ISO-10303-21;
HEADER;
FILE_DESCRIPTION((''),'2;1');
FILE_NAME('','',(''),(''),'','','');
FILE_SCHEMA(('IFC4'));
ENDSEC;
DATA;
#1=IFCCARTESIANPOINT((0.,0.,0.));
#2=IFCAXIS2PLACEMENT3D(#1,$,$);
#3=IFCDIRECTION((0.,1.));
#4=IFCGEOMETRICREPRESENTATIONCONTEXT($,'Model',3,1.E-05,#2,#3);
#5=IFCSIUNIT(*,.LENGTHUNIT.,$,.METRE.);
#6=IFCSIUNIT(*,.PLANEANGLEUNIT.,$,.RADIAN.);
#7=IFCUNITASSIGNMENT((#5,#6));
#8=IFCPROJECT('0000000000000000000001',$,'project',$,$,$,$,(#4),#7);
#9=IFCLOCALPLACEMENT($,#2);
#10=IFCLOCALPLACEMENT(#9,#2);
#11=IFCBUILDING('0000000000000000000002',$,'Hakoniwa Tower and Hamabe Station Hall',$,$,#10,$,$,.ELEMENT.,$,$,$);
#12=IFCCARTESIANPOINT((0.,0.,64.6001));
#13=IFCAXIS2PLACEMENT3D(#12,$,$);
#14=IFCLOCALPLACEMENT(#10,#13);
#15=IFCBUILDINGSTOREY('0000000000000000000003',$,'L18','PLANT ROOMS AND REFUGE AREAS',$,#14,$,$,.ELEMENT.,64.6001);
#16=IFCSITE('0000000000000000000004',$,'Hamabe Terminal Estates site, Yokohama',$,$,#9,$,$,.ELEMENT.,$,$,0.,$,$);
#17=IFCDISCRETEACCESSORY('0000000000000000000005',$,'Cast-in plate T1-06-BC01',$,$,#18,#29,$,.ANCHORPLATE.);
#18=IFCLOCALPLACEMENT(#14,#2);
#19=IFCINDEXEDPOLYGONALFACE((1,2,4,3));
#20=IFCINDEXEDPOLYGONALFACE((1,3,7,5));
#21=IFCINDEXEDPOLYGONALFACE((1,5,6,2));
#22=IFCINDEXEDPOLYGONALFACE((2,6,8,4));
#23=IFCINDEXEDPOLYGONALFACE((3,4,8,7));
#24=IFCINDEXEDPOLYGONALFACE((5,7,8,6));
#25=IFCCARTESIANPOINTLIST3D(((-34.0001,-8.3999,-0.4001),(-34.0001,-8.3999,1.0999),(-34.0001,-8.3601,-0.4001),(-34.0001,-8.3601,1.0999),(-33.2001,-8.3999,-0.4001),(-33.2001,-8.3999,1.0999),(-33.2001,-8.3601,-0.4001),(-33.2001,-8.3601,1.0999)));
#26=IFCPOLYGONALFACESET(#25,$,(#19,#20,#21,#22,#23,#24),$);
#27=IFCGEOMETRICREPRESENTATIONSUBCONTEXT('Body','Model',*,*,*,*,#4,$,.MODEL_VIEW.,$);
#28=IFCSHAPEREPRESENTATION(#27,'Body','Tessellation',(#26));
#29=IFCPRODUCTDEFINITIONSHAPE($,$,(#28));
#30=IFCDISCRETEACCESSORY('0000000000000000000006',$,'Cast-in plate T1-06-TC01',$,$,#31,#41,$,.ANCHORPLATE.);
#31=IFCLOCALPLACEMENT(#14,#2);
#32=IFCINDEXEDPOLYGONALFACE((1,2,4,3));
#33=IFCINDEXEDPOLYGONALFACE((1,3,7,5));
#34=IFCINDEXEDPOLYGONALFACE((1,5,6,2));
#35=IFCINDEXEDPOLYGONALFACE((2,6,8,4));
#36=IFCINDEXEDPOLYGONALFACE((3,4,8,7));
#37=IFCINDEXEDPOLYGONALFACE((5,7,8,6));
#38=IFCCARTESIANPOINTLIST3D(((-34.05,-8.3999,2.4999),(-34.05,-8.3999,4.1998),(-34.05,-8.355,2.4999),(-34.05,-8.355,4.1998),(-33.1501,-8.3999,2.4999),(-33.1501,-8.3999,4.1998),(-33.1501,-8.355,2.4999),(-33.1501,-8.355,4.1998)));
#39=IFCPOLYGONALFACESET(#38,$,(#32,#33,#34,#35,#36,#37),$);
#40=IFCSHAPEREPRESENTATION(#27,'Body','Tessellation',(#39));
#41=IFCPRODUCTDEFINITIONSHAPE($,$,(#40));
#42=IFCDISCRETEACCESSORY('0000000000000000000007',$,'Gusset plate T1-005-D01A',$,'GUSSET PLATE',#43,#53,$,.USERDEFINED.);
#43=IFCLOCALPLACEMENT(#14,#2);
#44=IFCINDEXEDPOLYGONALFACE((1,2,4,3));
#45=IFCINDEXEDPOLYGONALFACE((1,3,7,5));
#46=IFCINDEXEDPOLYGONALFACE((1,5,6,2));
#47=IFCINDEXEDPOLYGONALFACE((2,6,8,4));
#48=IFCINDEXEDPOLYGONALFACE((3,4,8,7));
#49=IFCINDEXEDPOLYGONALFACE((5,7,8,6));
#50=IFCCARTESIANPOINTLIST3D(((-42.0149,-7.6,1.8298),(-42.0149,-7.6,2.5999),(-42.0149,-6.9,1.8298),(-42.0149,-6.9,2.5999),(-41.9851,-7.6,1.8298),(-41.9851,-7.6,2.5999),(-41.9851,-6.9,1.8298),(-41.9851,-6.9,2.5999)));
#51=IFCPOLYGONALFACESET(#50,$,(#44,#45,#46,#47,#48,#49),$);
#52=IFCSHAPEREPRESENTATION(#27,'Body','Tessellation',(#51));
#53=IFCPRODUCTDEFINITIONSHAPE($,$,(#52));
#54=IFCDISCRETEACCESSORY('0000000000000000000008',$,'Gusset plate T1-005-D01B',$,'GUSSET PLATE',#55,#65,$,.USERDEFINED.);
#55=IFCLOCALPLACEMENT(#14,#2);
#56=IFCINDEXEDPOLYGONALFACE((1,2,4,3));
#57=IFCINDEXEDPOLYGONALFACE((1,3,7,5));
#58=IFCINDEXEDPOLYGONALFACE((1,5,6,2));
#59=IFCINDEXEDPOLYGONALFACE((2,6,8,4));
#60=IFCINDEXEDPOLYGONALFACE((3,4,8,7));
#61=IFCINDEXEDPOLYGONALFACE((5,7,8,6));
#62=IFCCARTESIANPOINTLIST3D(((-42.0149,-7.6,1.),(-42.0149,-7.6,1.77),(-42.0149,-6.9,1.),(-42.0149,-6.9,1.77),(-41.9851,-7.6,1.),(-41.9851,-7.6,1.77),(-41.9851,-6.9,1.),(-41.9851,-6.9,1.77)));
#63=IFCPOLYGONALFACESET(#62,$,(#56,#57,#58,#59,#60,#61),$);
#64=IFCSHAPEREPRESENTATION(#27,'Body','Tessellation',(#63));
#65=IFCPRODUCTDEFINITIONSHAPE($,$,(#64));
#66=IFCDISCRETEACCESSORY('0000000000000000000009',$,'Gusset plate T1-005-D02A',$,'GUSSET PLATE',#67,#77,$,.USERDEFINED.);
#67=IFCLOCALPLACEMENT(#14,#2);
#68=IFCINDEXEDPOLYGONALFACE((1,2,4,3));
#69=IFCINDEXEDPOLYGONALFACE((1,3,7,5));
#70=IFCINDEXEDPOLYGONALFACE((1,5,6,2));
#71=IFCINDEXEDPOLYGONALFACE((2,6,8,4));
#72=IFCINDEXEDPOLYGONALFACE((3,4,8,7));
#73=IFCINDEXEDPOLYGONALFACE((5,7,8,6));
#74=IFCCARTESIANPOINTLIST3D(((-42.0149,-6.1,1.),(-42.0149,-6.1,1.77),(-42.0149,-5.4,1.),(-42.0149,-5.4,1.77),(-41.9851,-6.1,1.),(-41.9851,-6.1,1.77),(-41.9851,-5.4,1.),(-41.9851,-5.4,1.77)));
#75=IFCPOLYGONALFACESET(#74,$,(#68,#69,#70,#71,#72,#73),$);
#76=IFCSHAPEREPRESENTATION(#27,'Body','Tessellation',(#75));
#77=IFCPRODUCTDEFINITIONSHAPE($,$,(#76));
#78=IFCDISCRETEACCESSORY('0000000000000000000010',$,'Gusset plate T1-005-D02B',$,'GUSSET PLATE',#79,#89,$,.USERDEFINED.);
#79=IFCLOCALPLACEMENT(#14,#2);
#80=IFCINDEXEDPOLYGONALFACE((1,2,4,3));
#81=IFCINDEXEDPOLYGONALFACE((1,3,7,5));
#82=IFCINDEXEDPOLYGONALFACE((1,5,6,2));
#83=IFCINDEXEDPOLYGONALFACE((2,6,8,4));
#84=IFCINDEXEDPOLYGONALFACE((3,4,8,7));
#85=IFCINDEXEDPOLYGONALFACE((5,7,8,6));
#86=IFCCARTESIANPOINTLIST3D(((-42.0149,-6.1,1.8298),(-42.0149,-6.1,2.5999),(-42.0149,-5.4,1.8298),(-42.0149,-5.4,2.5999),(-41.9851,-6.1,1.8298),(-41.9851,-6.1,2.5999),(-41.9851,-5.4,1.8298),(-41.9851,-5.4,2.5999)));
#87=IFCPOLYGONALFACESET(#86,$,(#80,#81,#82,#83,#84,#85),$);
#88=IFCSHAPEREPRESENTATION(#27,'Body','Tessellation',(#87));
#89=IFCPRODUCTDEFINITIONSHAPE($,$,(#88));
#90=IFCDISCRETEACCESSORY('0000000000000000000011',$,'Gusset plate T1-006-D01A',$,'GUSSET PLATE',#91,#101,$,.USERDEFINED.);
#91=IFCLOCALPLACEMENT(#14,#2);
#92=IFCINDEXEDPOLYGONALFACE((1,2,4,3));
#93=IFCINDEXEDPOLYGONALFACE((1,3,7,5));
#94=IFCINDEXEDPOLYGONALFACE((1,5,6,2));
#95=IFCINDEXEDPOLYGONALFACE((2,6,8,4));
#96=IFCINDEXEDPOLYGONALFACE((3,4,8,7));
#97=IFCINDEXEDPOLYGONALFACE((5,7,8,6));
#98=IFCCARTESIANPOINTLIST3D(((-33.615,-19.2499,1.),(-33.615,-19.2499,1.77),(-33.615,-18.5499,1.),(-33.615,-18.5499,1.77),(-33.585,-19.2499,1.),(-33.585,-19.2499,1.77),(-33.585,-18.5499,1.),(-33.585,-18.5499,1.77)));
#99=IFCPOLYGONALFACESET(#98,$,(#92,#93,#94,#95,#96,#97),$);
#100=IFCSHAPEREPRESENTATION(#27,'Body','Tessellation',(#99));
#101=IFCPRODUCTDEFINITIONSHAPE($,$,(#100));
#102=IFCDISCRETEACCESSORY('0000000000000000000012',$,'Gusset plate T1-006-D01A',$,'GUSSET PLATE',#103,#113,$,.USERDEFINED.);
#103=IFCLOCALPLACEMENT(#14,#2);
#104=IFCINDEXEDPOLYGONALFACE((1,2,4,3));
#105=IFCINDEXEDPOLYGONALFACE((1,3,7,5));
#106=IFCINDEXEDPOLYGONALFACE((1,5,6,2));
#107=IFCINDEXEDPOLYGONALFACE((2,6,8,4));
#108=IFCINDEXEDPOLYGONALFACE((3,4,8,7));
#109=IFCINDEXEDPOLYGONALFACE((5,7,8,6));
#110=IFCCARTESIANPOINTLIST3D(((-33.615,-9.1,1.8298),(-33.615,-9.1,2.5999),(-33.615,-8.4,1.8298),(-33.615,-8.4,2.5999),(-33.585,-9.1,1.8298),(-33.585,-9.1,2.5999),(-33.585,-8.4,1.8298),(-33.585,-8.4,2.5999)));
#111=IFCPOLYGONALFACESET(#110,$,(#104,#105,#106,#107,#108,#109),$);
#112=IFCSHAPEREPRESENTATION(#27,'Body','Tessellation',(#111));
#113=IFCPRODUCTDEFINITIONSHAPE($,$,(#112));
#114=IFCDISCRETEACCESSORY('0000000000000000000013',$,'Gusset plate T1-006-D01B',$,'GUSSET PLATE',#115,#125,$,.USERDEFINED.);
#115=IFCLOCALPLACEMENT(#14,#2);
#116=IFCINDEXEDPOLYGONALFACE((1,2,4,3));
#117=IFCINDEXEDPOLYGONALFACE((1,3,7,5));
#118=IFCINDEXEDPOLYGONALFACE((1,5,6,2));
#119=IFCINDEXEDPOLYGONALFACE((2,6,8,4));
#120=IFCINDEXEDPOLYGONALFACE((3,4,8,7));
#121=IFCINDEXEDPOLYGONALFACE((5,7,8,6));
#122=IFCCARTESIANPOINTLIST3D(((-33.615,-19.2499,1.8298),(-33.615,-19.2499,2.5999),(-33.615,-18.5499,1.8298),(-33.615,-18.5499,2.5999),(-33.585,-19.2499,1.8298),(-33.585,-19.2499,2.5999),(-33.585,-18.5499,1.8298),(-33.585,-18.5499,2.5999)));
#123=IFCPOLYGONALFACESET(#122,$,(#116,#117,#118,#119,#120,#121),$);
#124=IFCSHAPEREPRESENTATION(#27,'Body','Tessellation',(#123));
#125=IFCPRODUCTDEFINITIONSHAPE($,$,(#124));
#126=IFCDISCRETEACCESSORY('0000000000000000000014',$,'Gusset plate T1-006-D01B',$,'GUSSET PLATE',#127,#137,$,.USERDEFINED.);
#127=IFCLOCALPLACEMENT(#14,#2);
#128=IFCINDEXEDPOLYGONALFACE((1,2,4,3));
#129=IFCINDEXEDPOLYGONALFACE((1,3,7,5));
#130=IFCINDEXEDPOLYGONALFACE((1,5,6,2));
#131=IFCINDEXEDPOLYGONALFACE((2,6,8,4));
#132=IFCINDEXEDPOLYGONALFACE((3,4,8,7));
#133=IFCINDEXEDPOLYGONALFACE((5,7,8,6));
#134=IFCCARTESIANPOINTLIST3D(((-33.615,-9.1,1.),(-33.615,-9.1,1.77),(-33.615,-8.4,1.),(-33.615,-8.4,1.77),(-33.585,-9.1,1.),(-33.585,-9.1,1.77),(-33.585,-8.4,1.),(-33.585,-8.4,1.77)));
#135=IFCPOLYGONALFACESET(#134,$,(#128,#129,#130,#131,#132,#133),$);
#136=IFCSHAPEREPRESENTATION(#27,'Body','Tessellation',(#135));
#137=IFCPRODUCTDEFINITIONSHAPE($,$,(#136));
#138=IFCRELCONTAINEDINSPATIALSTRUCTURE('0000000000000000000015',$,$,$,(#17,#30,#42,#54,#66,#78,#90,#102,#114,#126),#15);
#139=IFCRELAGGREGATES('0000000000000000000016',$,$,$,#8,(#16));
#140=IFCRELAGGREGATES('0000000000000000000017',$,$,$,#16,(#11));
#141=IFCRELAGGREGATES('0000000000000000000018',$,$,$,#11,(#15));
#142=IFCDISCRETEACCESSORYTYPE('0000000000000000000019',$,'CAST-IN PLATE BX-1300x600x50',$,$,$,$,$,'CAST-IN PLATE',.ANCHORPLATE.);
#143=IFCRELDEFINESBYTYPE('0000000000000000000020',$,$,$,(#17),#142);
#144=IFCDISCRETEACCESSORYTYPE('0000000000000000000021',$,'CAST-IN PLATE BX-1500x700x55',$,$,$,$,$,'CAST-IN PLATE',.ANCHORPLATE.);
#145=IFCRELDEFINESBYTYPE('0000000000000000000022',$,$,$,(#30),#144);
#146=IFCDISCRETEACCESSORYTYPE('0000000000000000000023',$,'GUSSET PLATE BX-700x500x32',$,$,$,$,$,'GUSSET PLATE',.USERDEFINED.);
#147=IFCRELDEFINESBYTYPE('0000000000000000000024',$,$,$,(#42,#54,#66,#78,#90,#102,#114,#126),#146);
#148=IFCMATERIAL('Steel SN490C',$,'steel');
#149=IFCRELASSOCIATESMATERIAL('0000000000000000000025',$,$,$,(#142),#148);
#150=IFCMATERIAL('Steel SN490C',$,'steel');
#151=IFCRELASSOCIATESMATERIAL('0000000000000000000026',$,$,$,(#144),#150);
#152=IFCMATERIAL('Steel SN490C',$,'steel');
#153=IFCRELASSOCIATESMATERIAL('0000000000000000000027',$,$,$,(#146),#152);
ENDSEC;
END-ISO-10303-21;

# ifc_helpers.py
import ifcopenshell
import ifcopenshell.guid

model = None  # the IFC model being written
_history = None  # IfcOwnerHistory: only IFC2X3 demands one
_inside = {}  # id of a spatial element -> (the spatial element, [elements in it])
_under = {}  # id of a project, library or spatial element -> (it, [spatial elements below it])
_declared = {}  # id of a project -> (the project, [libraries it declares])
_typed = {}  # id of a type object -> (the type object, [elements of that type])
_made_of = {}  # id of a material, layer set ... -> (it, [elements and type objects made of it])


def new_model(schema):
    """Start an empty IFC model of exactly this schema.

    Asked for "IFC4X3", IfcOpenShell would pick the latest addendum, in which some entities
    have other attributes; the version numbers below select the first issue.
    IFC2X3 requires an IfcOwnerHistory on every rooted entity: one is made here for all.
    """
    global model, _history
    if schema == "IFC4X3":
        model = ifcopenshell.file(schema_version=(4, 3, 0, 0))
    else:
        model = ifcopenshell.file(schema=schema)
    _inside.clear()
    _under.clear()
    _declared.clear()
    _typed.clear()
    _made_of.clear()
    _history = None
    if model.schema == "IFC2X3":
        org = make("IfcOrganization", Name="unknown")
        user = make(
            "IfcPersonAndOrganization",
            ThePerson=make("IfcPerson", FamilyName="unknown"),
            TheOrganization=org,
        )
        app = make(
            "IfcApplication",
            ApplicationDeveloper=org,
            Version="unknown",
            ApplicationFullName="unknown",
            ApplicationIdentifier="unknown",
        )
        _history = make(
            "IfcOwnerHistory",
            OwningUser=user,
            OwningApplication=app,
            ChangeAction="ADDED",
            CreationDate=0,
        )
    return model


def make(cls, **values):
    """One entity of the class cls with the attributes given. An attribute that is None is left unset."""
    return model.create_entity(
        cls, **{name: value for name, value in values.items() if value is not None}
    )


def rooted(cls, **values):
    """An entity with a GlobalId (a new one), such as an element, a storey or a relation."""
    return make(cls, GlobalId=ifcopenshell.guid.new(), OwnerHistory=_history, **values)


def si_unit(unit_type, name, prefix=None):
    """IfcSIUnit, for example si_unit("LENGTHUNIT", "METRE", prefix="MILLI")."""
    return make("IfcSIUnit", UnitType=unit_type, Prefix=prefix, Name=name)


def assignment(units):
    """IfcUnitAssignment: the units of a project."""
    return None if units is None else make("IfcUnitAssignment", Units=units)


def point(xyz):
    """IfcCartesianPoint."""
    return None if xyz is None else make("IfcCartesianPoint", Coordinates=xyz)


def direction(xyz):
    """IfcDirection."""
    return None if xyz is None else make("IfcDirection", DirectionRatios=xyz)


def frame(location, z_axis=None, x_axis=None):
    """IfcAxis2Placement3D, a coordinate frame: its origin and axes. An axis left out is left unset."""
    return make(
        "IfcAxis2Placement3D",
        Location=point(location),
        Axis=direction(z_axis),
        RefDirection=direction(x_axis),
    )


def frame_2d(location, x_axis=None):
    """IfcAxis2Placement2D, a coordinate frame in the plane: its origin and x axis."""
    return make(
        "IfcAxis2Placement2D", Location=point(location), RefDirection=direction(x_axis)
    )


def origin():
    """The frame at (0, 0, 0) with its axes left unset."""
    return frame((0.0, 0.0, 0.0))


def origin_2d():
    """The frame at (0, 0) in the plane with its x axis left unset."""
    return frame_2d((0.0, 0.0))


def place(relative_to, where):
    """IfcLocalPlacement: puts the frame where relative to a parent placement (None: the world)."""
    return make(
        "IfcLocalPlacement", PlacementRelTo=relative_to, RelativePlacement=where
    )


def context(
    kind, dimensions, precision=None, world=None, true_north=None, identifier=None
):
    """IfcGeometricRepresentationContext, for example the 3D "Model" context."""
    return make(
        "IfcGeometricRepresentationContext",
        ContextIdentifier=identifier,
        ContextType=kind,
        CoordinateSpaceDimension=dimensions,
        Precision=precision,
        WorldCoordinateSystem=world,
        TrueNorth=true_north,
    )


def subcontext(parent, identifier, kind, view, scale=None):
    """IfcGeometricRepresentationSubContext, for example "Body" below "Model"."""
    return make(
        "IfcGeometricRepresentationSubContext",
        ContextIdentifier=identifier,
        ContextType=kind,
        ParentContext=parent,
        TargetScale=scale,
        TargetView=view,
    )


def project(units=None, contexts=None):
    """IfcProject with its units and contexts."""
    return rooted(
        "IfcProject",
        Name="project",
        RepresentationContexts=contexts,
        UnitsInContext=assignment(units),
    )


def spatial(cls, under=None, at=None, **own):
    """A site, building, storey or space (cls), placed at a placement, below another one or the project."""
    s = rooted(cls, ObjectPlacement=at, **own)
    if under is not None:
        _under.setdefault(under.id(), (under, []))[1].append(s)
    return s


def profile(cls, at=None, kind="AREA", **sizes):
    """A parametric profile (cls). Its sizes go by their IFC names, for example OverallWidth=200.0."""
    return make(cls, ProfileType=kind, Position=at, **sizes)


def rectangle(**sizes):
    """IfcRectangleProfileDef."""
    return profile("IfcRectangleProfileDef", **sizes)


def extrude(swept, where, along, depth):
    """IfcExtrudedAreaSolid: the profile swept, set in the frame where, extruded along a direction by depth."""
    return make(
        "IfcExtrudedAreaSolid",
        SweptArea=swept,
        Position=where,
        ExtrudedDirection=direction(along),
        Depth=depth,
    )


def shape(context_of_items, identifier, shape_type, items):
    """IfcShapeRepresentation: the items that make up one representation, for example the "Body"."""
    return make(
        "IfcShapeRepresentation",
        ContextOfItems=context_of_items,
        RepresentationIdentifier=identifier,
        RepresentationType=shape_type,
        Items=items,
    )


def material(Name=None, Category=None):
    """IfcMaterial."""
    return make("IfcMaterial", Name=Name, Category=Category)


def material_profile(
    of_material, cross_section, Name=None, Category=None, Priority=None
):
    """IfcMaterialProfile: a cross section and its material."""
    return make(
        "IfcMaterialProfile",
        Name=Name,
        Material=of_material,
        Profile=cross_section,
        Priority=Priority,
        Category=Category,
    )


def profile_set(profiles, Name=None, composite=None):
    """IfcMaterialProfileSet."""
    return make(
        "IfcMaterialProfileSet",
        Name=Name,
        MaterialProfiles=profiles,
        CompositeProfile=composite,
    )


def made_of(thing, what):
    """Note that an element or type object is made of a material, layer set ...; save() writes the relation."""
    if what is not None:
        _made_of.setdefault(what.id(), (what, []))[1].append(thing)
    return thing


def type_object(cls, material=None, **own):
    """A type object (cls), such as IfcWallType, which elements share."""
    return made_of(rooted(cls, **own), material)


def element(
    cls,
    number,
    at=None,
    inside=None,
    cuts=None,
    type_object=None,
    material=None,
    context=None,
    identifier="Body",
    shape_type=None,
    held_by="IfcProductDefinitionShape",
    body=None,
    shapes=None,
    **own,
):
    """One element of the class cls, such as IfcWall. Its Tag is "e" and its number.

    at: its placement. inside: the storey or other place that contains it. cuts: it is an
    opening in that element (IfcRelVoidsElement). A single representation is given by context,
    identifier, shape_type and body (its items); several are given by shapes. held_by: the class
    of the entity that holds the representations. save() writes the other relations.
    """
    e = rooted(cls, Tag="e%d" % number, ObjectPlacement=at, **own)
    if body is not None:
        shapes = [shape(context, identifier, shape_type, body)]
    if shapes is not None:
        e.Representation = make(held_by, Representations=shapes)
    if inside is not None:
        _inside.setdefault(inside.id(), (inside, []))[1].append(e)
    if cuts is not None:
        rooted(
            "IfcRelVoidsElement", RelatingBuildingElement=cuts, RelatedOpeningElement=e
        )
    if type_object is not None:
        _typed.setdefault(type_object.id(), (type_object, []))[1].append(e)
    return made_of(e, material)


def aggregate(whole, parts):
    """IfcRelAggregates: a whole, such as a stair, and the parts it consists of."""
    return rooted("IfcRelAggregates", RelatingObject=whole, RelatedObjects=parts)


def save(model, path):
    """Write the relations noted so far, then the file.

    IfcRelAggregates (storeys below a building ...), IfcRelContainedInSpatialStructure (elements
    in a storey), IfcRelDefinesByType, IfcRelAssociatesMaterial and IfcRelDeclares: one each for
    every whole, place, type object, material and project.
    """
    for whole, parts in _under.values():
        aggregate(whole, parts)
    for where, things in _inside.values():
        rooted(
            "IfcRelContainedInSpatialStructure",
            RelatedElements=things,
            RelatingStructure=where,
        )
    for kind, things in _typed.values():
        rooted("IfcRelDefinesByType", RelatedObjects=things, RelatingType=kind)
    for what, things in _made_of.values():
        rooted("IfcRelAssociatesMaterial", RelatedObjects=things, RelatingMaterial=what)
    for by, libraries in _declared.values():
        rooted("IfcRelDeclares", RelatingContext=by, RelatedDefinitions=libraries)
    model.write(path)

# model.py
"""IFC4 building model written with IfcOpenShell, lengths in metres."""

from ifc_helpers import new_model, si_unit, direction, frame, origin, origin_2d, place, context, subcontext, project, spatial, rectangle, extrude, material, material_profile, profile_set, type_object, element, save


model = new_model("IFC4")

# Units and contexts
model_context = context("Model", 3, precision=1e-05, world=origin(), true_north=direction((0.0, 1.0)))
body_context = subcontext(model_context, "Body", "Model", "MODEL_VIEW")
ifc_project = project(units=[si_unit("LENGTHUNIT", "METRE"), si_unit("PLANEANGLEUNIT", "RADIAN")], contexts=[model_context])

# Site, building, storey
site_placement = place(None, origin())
site = spatial("IfcSite", under=ifc_project, at=site_placement, Name="Hamabe Terminal Estates site, Yokohama", CompositionType="ELEMENT", RefElevation=0.0)
building_placement = place(site_placement, origin())
building = spatial("IfcBuilding", under=site, at=building_placement, Name="Hakoniwa Tower and Hamabe Station Hall", CompositionType="ELEMENT")
storey_placement = place(building_placement, frame((0.0, 0.0, 64.6001)))
storey = spatial("IfcBuildingStorey", under=building, at=storey_placement, Name="L18", Description="PLANT ROOMS AND REFUGE AREAS", CompositionType="ELEMENT", Elevation=64.6001)

# Discrete accessories
ifc_material_1 = material(Name="Steel SN490C", Category="steel")
ifc_material_profile_1 = material_profile(ifc_material_1, rectangle(XDim=0.8, YDim=1.5, at=origin_2d()), Name="CAST-IN PLATE BX-1300x600x50")
ifc_profile_set_1 = profile_set([ifc_material_profile_1], Name="Steel SN490C")
discrete_accessory_type_1 = type_object("IfcDiscreteAccessoryType", Name="CAST-IN PLATE BX-1300x600x50", ElementType="CAST-IN PLATE", PredefinedType="ANCHORPLATE", material=ifc_profile_set_1)
discrete_accessory_1_placement = place(storey_placement, frame((-33.6001, -8.3601, 0.3499), z_axis=(0.0, -1.0, 0.0), x_axis=(1.0, 0.0, 0.0)))
element("IfcDiscreteAccessory", 1, at=discrete_accessory_1_placement, inside=storey, type_object=discrete_accessory_type_1, Name="Cast-in plate T1-06-BC01", PredefinedType="ANCHORPLATE", context=body_context, shape_type="SweptSolid", body=[
    extrude(rectangle(XDim=0.8, YDim=1.5, at=origin_2d()), origin(), (0.0, 0.0, 1.0), 0.0398),
])
ifc_material_2 = material(Name="Steel SN490C", Category="steel")
ifc_material_profile_2 = material_profile(ifc_material_2, rectangle(XDim=0.8999, YDim=1.7, at=origin_2d()), Name="CAST-IN PLATE BX-1500x700x55")
ifc_profile_set_2 = profile_set([ifc_material_profile_2], Name="Steel SN490C")
discrete_accessory_type_2 = type_object("IfcDiscreteAccessoryType", Name="CAST-IN PLATE BX-1500x700x55", ElementType="CAST-IN PLATE", PredefinedType="ANCHORPLATE", material=ifc_profile_set_2)
discrete_accessory_2_placement = place(storey_placement, frame((-33.6001, -8.355, 3.3499), z_axis=(0.0, -1.0, 0.0), x_axis=(1.0, 0.0, 0.0)))
element("IfcDiscreteAccessory", 2, at=discrete_accessory_2_placement, inside=storey, type_object=discrete_accessory_type_2, Name="Cast-in plate T1-06-TC01", PredefinedType="ANCHORPLATE", context=body_context, shape_type="SweptSolid", body=[
    extrude(rectangle(XDim=0.8999, YDim=1.7, at=origin_2d()), origin(), (0.0, 0.0, 1.0), 0.0449),
])
ifc_material_3 = material(Name="Steel SN490C", Category="steel")
ifc_material_profile_3 = material_profile(ifc_material_3, rectangle(XDim=0.7, YDim=0.77, at=origin_2d()), Name="GUSSET PLATE BX-700x500x32")
ifc_profile_set_3 = profile_set([ifc_material_profile_3], Name="Steel SN490C")
discrete_accessory_type_3 = type_object("IfcDiscreteAccessoryType", Name="GUSSET PLATE BX-700x500x32", ElementType="GUSSET PLATE", PredefinedType="USERDEFINED", material=ifc_profile_set_3)
for number, where, z_axis, x_axis, name in (
    (3, (-41.9851, -7.25, 2.2148), (-1.0, 0.0, 0.0), (0.0, -1.0, 0.0), "Gusset plate T1-005-D01A"),
    (4, (-41.9851, -7.25, 1.385), (-1.0, 0.0, 0.0), (0.0, -1.0, 0.0), "Gusset plate T1-005-D01B"),
    (5, (-41.9851, -5.75, 1.385), (-1.0, 0.0, 0.0), (0.0, -1.0, 0.0), "Gusset plate T1-005-D02A"),
    (6, (-41.9851, -5.75, 2.2148), (-1.0, 0.0, 0.0), (0.0, -1.0, 0.0), "Gusset plate T1-005-D02B"),
):
    element("IfcDiscreteAccessory", number, at=place(storey_placement, frame(where, z_axis=z_axis, x_axis=x_axis)), inside=storey, type_object=discrete_accessory_type_3, Name=name, ObjectType="GUSSET PLATE", PredefinedType="USERDEFINED", context=body_context, shape_type="SweptSolid", body=[
        extrude(rectangle(XDim=0.7, YDim=0.77, at=origin_2d()), origin(), (0.0, 0.0, 1.0), 0.0298),
    ])
for number, where, z_axis, x_axis, name in (
    (7, (-33.585, -18.8999, 1.385), (-1.0, 0.0, 0.0), (0.0, -1.0, 0.0), "Gusset plate T1-006-D01A"),
    (8, (-33.585, -8.75, 2.2148), (-1.0, 0.0, 0.0), (0.0, -1.0, 0.0), "Gusset plate T1-006-D01A"),
    (9, (-33.585, -18.8999, 2.2148), (-1.0, 0.0, 0.0), (0.0, -1.0, 0.0), "Gusset plate T1-006-D01B"),
    (10, (-33.585, -8.75, 1.385), (-1.0, 0.0, 0.0), (0.0, -1.0, 0.0), "Gusset plate T1-006-D01B"),
):
    element("IfcDiscreteAccessory", number, at=place(storey_placement, frame(where, z_axis=z_axis, x_axis=x_axis)), inside=storey, type_object=discrete_accessory_type_3, Name=name, ObjectType="GUSSET PLATE", PredefinedType="USERDEFINED", context=body_context, shape_type="SweptSolid", body=[
        extrude(rectangle(XDim=0.7, YDim=0.77, at=origin_2d()), origin(), (0.0, 0.0, 1.0), 0.03),
    ])

save(model, "model.ifc")
